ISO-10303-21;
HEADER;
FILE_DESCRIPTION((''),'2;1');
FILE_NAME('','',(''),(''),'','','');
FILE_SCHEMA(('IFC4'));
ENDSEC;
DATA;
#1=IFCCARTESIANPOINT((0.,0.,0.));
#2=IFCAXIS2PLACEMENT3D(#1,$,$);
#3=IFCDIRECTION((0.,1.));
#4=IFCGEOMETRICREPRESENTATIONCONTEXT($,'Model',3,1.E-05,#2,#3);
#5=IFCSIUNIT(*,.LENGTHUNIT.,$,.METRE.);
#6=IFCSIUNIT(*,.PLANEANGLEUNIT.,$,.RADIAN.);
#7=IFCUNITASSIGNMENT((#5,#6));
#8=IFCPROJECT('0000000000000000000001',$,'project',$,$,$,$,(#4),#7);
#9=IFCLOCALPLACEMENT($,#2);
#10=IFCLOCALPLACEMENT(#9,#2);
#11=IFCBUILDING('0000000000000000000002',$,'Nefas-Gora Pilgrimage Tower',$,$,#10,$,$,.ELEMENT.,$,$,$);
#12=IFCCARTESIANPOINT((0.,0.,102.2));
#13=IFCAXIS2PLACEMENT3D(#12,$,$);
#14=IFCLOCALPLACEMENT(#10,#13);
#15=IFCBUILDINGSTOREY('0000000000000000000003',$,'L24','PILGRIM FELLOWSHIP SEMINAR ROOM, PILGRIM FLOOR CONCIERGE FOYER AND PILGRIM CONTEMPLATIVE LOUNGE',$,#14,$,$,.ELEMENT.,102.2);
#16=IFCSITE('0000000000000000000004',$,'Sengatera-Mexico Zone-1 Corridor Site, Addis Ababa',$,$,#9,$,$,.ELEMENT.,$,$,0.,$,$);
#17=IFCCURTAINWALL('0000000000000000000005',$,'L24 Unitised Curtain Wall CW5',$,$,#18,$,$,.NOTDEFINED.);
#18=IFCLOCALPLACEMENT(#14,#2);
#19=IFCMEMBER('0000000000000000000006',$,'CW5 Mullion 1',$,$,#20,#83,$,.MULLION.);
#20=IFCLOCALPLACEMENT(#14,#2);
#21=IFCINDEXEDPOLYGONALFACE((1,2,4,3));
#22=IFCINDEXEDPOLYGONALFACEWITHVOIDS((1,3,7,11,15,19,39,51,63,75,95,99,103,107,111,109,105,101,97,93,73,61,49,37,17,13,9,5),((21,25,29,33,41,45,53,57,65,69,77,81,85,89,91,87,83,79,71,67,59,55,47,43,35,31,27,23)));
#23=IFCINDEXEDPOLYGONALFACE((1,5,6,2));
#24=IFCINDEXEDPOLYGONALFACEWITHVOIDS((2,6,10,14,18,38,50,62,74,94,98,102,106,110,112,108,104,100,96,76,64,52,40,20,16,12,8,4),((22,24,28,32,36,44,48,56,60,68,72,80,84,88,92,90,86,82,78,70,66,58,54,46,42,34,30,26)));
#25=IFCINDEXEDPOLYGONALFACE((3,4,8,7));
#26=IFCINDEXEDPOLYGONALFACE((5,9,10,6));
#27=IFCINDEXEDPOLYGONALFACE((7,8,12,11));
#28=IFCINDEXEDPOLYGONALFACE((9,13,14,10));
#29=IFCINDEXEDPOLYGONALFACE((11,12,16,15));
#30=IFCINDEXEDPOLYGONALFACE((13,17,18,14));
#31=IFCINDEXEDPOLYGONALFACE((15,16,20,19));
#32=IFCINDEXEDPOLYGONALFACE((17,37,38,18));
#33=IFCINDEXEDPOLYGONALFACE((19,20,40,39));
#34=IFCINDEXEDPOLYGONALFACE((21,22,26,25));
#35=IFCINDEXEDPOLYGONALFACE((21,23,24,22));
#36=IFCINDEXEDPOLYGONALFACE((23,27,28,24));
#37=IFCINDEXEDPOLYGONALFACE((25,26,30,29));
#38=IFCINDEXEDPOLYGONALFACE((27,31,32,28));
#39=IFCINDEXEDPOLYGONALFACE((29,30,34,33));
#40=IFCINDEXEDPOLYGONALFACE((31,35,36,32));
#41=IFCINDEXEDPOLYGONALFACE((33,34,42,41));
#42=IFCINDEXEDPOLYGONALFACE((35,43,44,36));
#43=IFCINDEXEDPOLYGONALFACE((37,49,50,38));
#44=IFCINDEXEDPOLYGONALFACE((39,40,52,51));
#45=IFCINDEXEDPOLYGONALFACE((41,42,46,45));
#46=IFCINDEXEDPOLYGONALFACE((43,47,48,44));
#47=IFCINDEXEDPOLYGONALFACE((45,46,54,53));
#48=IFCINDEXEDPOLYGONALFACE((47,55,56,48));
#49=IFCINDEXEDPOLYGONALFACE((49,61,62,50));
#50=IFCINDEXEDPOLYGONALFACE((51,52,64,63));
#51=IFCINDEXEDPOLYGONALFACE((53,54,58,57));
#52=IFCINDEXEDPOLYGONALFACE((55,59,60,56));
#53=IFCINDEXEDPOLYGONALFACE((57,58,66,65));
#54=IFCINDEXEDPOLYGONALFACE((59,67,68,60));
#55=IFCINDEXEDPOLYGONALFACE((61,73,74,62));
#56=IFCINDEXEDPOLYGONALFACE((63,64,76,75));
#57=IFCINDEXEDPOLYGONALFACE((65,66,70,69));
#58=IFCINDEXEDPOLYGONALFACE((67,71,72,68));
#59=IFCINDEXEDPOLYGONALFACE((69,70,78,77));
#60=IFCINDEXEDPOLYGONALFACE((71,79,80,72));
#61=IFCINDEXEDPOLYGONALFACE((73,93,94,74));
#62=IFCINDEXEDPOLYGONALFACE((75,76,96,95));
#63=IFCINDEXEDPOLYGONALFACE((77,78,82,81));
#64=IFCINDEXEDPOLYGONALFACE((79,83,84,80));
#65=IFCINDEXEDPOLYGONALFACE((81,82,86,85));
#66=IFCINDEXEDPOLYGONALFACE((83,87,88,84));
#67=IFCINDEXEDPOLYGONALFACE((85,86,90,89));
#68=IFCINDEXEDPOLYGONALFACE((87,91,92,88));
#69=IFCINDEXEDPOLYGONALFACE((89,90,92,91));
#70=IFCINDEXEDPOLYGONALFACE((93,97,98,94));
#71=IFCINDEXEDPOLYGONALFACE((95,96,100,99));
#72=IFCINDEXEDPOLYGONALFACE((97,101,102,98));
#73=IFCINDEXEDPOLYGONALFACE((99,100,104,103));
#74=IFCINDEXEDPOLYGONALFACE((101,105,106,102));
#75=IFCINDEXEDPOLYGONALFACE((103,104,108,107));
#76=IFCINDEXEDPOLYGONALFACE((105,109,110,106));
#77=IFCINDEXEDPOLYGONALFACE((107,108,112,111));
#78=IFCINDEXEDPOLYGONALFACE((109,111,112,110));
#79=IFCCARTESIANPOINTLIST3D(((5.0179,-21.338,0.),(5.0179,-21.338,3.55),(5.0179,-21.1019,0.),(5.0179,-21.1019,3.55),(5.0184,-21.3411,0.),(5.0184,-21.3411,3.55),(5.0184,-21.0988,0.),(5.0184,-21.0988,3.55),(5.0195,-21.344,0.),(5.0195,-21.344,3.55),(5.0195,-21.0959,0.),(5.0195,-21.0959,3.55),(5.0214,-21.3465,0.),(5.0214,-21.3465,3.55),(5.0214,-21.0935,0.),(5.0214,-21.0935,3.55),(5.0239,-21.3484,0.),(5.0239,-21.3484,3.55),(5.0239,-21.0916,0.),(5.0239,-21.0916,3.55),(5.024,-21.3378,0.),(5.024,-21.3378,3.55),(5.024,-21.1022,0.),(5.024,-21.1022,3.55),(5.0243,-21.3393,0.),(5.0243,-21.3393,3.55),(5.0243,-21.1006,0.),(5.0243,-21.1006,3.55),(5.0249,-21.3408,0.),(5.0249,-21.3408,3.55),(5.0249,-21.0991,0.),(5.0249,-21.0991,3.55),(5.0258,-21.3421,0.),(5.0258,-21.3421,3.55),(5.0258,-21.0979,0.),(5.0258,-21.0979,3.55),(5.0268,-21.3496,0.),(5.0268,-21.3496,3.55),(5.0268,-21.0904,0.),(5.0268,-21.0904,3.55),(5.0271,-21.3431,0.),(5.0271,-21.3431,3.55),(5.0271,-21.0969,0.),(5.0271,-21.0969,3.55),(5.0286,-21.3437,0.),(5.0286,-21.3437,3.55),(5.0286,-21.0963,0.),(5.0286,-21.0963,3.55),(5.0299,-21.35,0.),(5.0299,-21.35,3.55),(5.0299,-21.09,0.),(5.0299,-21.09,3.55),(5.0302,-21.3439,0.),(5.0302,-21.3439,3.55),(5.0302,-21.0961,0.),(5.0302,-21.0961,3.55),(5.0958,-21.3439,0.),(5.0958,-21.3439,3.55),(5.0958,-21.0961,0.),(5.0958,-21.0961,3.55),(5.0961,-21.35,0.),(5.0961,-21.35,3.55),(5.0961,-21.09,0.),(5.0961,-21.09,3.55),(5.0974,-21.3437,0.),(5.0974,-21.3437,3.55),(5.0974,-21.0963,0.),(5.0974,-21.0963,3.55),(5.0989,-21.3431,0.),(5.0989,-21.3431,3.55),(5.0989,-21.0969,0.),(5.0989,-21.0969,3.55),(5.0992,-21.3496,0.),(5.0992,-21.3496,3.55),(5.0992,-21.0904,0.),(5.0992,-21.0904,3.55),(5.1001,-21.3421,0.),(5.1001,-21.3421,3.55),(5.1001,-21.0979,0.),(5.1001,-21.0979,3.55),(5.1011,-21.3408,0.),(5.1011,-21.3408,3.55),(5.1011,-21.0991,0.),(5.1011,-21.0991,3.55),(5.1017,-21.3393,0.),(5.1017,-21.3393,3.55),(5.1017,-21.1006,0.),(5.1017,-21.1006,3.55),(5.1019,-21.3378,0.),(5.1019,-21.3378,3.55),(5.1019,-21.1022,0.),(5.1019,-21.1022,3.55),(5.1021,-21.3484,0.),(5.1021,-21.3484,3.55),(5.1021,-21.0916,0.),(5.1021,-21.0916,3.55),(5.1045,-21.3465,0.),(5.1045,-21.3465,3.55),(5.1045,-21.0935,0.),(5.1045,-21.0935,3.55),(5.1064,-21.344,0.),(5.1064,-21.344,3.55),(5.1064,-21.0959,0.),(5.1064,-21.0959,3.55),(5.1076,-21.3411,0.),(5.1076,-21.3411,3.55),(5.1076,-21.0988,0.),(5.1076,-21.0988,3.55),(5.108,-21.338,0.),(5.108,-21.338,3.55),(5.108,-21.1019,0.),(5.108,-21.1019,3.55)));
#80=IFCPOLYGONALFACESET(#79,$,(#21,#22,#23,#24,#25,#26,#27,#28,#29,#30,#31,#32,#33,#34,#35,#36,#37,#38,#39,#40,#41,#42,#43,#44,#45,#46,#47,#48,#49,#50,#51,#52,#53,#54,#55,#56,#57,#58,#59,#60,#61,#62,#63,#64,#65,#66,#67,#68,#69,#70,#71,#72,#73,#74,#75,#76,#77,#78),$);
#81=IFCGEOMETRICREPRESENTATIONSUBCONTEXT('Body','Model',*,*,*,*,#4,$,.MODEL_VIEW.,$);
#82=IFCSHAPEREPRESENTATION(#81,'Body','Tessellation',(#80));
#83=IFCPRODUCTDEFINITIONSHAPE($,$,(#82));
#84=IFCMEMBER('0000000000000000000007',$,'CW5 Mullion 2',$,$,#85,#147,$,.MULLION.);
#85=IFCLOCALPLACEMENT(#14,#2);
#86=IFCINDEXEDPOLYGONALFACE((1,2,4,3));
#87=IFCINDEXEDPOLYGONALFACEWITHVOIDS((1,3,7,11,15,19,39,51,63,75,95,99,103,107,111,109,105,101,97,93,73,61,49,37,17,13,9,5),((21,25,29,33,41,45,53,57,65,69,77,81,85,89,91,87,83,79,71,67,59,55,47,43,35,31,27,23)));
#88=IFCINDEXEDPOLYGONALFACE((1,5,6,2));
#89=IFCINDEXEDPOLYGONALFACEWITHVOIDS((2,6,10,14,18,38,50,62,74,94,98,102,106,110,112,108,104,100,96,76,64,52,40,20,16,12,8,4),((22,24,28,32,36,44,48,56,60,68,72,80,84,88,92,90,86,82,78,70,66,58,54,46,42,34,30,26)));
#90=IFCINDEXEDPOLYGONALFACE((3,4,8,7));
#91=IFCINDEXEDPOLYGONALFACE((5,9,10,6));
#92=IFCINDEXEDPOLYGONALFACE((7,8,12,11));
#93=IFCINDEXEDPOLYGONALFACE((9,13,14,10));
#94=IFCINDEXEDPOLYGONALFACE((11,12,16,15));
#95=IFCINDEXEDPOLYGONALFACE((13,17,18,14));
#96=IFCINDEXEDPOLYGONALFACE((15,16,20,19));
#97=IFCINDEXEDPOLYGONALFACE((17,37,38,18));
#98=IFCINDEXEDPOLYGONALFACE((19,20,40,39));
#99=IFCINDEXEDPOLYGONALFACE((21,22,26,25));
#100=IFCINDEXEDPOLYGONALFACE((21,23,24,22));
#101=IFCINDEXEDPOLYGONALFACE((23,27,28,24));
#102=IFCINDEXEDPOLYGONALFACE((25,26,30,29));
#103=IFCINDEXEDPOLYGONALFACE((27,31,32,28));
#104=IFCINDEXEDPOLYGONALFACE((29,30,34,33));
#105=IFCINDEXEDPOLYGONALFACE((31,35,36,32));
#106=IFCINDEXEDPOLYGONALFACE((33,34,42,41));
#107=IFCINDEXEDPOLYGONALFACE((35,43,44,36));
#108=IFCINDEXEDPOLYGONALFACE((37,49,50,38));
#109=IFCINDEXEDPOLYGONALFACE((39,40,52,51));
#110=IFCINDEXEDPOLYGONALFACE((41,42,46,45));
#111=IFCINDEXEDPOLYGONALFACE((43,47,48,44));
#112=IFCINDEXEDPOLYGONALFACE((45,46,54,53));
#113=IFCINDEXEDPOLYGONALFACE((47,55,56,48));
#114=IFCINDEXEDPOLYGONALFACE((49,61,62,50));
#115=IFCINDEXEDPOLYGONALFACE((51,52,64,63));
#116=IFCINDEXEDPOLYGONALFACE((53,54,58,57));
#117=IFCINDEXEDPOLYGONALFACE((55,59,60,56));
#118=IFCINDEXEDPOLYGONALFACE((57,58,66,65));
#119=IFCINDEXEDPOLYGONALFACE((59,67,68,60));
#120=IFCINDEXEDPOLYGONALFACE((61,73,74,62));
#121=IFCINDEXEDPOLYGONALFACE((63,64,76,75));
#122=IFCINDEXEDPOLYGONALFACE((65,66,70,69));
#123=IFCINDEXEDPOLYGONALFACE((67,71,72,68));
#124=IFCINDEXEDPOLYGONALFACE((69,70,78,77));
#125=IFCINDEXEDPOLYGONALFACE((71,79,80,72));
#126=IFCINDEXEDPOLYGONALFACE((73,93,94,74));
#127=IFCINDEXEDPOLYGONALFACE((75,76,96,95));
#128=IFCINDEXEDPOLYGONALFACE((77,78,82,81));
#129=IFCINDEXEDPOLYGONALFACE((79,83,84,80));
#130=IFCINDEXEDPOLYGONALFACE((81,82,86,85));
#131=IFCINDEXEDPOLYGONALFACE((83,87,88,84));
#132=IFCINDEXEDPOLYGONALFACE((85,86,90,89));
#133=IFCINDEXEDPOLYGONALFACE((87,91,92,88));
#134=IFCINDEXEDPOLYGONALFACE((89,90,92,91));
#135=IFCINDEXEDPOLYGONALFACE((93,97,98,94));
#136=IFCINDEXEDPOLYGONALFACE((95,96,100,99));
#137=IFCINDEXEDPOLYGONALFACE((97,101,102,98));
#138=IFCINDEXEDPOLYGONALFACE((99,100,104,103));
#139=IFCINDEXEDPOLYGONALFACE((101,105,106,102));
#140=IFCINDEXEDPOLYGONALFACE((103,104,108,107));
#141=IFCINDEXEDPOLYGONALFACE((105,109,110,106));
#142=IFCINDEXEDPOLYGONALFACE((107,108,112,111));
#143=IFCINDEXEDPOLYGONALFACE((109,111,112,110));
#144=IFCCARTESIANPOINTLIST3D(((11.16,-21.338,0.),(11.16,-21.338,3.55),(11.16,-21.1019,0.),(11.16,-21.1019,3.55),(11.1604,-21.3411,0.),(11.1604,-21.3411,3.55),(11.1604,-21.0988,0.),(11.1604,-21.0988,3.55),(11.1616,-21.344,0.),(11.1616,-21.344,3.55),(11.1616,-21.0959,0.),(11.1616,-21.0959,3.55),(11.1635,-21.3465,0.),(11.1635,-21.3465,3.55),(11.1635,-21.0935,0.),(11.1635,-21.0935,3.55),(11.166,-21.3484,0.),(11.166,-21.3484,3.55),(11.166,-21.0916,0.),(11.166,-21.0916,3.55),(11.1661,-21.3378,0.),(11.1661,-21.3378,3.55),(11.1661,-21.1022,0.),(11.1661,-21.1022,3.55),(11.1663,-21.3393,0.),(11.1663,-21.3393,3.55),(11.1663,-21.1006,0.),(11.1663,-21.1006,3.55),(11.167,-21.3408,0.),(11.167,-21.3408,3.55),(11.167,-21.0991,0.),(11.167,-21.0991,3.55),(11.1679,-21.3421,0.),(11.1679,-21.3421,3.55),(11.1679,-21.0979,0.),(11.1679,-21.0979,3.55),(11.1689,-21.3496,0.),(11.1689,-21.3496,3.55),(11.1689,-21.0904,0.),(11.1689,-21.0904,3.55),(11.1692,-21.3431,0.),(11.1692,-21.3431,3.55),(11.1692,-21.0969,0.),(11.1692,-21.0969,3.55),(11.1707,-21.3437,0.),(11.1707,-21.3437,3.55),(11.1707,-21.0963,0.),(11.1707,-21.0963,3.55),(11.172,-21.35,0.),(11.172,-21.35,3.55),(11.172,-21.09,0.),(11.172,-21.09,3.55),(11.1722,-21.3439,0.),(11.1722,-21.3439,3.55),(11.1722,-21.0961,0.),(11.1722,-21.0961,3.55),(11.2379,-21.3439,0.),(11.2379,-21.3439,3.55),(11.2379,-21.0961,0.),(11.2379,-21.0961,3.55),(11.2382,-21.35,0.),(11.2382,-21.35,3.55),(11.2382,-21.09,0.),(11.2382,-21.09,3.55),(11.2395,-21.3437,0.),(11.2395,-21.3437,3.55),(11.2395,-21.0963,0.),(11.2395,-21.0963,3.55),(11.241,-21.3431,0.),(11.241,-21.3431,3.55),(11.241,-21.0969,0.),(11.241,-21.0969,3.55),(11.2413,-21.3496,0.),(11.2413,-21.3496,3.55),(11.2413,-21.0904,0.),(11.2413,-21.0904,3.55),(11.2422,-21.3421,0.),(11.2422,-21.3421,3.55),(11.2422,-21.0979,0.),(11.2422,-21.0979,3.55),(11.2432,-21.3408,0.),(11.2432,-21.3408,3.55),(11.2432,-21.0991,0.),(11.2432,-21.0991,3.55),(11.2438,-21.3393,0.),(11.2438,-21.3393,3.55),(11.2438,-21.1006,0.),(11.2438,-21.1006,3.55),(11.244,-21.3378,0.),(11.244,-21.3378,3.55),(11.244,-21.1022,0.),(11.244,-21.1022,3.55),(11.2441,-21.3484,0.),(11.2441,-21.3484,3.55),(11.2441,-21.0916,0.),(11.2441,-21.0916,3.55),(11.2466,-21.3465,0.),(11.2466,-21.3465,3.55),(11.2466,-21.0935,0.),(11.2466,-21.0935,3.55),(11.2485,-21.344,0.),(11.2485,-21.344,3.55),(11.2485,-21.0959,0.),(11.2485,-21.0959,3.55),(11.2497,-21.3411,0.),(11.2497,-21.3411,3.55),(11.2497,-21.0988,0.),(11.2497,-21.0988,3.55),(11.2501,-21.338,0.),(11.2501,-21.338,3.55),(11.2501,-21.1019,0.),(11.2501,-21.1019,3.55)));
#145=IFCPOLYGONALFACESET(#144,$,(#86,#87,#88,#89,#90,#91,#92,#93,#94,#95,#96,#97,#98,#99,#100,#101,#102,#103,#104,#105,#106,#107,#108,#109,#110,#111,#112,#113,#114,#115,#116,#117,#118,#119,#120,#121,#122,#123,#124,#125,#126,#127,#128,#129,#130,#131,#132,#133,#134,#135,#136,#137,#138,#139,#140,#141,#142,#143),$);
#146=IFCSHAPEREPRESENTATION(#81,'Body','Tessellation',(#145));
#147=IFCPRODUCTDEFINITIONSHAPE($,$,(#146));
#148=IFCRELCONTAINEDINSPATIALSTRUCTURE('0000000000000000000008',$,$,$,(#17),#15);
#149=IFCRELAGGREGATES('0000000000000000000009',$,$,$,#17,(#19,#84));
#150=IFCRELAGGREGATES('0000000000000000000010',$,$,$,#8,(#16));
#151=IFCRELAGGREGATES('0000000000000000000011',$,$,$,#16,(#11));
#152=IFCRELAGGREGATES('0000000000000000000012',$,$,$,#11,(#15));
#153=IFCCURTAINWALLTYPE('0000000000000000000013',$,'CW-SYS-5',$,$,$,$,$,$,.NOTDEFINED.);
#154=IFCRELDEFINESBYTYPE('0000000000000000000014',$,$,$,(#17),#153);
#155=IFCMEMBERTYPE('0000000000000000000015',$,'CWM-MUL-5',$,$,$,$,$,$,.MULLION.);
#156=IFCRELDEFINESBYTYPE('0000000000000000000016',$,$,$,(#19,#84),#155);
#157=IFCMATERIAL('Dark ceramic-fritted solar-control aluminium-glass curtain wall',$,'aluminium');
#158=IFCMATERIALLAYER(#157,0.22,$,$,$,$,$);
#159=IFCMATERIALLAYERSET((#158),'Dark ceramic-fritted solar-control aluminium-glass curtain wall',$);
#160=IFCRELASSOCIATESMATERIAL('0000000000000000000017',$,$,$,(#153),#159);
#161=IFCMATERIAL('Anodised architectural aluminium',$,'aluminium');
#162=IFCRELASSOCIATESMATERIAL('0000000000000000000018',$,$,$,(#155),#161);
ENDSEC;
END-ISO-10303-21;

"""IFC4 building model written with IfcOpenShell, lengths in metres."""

from ifc_helpers import new_model, si_unit, direction, frame, origin, origin_2d, place, context, subcontext, project, spatial, hollow_rectangle, extrude, source, transform, mapped, material, layer, layer_set, material_profile, profile_set, type_object, element, aggregate, save


model = new_model("IFC4")

# Units and contexts
model_context = context("Model", 3, precision=1e-05, world=origin(), true_north=direction((0.0, 1.0)))
body_context = subcontext(model_context, "Body", "Model", "MODEL_VIEW")
ifc_project = project(units=[si_unit("LENGTHUNIT", "METRE"), si_unit("PLANEANGLEUNIT", "RADIAN")], contexts=[model_context])

# Site, building, storey
site_placement = place(None, origin())
site = spatial("IfcSite", under=ifc_project, at=site_placement, Name="Sengatera-Mexico Zone-1 Corridor Site, Addis Ababa", CompositionType="ELEMENT", RefElevation=0.0)
building_placement = place(site_placement, origin())
building = spatial("IfcBuilding", under=site, at=building_placement, Name="Nefas-Gora Pilgrimage Tower", CompositionType="ELEMENT")
storey_placement = place(building_placement, frame((0.0, 0.0, 102.2)))
storey = spatial("IfcBuildingStorey", under=building, at=storey_placement, Name="L24", Description="PILGRIM FELLOWSHIP SEMINAR ROOM, PILGRIM FLOOR CONCIERGE FOYER AND PILGRIM CONTEMPLATIVE LOUNGE", CompositionType="ELEMENT", Elevation=102.2)

# Curtain wall, members
ifc_material_1 = material(Name="Dark ceramic-fritted solar-control aluminium-glass curtain wall", Category="aluminium")
ifc_layer_1 = layer(ifc_material_1, 0.22)
ifc_layer_set_1 = layer_set([ifc_layer_1], Name="Dark ceramic-fritted solar-control aluminium-glass curtain wall")
curtain_wall_type_1 = type_object("IfcCurtainWallType", Name="CW-SYS-5", PredefinedType="NOTDEFINED", material=ifc_layer_set_1)
curtain_wall_1_placement = place(storey_placement, origin())
curtain_wall_1 = element("IfcCurtainWall", 1, at=curtain_wall_1_placement, inside=storey, type_object=curtain_wall_type_1, Name="L24 Unitised Curtain Wall CW5", PredefinedType="NOTDEFINED")
ifc_material_2 = material(Name="Anodised architectural aluminium", Category="aluminium")
ifc_material_profile_1 = material_profile(ifc_material_2, hollow_rectangle(XDim=0.0901, YDim=0.26, WallThickness=0.0061, InnerFilletRadius=0.0061, OuterFilletRadius=0.012, at=origin_2d()), Name="ALU MULLION 90x260")
ifc_profile_set_1 = profile_set([ifc_material_profile_1], Name="Anodised architectural aluminium")
member_type_1 = type_object("IfcMemberType", Name="CWM-MUL-5", PredefinedType="MULLION", material=ifc_profile_set_1)
shared_shape_1 = source(origin(), body_context, "Body", "SweptSolid", [
    extrude(hollow_rectangle(XDim=0.0901, YDim=0.26, WallThickness=0.0061, InnerFilletRadius=0.0061, OuterFilletRadius=0.012, at=origin_2d()), origin(), (0.0, 0.0, 1.0), 3.55),
])
member_1_placement = place(storey_placement, frame((5.063, -21.22, 0.0), z_axis=(0.0, 0.0, 1.0), x_axis=(1.0, 0.0, 0.0)))
member_1 = element("IfcMember", 2, at=member_1_placement, type_object=member_type_1, Name="CW5 Mullion 1", PredefinedType="MULLION", context=body_context, shape_type="MappedRepresentation", body=[
    mapped(shared_shape_1, transform((0.0, 0.0, 0.0), x_axis=(1.0, 0.0, 0.0), y_axis=(0.0, 1.0, 0.0), z_axis=(0.0, 0.0, 1.0), scale=1.0)),
])
member_2_placement = place(storey_placement, frame((11.2051, -21.22, 0.0), z_axis=(0.0, 0.0, 1.0), x_axis=(1.0, 0.0, 0.0)))
member_2 = element("IfcMember", 3, at=member_2_placement, type_object=member_type_1, Name="CW5 Mullion 2", PredefinedType="MULLION", context=body_context, shape_type="MappedRepresentation", body=[
    mapped(shared_shape_1, transform((0.0, 0.0, 0.0), x_axis=(1.0, 0.0, 0.0), y_axis=(0.0, 1.0, 0.0), z_axis=(0.0, 0.0, 1.0), scale=1.0)),
])

aggregate(curtain_wall_1, [member_1, member_2])

save(model, "model.ifc")
